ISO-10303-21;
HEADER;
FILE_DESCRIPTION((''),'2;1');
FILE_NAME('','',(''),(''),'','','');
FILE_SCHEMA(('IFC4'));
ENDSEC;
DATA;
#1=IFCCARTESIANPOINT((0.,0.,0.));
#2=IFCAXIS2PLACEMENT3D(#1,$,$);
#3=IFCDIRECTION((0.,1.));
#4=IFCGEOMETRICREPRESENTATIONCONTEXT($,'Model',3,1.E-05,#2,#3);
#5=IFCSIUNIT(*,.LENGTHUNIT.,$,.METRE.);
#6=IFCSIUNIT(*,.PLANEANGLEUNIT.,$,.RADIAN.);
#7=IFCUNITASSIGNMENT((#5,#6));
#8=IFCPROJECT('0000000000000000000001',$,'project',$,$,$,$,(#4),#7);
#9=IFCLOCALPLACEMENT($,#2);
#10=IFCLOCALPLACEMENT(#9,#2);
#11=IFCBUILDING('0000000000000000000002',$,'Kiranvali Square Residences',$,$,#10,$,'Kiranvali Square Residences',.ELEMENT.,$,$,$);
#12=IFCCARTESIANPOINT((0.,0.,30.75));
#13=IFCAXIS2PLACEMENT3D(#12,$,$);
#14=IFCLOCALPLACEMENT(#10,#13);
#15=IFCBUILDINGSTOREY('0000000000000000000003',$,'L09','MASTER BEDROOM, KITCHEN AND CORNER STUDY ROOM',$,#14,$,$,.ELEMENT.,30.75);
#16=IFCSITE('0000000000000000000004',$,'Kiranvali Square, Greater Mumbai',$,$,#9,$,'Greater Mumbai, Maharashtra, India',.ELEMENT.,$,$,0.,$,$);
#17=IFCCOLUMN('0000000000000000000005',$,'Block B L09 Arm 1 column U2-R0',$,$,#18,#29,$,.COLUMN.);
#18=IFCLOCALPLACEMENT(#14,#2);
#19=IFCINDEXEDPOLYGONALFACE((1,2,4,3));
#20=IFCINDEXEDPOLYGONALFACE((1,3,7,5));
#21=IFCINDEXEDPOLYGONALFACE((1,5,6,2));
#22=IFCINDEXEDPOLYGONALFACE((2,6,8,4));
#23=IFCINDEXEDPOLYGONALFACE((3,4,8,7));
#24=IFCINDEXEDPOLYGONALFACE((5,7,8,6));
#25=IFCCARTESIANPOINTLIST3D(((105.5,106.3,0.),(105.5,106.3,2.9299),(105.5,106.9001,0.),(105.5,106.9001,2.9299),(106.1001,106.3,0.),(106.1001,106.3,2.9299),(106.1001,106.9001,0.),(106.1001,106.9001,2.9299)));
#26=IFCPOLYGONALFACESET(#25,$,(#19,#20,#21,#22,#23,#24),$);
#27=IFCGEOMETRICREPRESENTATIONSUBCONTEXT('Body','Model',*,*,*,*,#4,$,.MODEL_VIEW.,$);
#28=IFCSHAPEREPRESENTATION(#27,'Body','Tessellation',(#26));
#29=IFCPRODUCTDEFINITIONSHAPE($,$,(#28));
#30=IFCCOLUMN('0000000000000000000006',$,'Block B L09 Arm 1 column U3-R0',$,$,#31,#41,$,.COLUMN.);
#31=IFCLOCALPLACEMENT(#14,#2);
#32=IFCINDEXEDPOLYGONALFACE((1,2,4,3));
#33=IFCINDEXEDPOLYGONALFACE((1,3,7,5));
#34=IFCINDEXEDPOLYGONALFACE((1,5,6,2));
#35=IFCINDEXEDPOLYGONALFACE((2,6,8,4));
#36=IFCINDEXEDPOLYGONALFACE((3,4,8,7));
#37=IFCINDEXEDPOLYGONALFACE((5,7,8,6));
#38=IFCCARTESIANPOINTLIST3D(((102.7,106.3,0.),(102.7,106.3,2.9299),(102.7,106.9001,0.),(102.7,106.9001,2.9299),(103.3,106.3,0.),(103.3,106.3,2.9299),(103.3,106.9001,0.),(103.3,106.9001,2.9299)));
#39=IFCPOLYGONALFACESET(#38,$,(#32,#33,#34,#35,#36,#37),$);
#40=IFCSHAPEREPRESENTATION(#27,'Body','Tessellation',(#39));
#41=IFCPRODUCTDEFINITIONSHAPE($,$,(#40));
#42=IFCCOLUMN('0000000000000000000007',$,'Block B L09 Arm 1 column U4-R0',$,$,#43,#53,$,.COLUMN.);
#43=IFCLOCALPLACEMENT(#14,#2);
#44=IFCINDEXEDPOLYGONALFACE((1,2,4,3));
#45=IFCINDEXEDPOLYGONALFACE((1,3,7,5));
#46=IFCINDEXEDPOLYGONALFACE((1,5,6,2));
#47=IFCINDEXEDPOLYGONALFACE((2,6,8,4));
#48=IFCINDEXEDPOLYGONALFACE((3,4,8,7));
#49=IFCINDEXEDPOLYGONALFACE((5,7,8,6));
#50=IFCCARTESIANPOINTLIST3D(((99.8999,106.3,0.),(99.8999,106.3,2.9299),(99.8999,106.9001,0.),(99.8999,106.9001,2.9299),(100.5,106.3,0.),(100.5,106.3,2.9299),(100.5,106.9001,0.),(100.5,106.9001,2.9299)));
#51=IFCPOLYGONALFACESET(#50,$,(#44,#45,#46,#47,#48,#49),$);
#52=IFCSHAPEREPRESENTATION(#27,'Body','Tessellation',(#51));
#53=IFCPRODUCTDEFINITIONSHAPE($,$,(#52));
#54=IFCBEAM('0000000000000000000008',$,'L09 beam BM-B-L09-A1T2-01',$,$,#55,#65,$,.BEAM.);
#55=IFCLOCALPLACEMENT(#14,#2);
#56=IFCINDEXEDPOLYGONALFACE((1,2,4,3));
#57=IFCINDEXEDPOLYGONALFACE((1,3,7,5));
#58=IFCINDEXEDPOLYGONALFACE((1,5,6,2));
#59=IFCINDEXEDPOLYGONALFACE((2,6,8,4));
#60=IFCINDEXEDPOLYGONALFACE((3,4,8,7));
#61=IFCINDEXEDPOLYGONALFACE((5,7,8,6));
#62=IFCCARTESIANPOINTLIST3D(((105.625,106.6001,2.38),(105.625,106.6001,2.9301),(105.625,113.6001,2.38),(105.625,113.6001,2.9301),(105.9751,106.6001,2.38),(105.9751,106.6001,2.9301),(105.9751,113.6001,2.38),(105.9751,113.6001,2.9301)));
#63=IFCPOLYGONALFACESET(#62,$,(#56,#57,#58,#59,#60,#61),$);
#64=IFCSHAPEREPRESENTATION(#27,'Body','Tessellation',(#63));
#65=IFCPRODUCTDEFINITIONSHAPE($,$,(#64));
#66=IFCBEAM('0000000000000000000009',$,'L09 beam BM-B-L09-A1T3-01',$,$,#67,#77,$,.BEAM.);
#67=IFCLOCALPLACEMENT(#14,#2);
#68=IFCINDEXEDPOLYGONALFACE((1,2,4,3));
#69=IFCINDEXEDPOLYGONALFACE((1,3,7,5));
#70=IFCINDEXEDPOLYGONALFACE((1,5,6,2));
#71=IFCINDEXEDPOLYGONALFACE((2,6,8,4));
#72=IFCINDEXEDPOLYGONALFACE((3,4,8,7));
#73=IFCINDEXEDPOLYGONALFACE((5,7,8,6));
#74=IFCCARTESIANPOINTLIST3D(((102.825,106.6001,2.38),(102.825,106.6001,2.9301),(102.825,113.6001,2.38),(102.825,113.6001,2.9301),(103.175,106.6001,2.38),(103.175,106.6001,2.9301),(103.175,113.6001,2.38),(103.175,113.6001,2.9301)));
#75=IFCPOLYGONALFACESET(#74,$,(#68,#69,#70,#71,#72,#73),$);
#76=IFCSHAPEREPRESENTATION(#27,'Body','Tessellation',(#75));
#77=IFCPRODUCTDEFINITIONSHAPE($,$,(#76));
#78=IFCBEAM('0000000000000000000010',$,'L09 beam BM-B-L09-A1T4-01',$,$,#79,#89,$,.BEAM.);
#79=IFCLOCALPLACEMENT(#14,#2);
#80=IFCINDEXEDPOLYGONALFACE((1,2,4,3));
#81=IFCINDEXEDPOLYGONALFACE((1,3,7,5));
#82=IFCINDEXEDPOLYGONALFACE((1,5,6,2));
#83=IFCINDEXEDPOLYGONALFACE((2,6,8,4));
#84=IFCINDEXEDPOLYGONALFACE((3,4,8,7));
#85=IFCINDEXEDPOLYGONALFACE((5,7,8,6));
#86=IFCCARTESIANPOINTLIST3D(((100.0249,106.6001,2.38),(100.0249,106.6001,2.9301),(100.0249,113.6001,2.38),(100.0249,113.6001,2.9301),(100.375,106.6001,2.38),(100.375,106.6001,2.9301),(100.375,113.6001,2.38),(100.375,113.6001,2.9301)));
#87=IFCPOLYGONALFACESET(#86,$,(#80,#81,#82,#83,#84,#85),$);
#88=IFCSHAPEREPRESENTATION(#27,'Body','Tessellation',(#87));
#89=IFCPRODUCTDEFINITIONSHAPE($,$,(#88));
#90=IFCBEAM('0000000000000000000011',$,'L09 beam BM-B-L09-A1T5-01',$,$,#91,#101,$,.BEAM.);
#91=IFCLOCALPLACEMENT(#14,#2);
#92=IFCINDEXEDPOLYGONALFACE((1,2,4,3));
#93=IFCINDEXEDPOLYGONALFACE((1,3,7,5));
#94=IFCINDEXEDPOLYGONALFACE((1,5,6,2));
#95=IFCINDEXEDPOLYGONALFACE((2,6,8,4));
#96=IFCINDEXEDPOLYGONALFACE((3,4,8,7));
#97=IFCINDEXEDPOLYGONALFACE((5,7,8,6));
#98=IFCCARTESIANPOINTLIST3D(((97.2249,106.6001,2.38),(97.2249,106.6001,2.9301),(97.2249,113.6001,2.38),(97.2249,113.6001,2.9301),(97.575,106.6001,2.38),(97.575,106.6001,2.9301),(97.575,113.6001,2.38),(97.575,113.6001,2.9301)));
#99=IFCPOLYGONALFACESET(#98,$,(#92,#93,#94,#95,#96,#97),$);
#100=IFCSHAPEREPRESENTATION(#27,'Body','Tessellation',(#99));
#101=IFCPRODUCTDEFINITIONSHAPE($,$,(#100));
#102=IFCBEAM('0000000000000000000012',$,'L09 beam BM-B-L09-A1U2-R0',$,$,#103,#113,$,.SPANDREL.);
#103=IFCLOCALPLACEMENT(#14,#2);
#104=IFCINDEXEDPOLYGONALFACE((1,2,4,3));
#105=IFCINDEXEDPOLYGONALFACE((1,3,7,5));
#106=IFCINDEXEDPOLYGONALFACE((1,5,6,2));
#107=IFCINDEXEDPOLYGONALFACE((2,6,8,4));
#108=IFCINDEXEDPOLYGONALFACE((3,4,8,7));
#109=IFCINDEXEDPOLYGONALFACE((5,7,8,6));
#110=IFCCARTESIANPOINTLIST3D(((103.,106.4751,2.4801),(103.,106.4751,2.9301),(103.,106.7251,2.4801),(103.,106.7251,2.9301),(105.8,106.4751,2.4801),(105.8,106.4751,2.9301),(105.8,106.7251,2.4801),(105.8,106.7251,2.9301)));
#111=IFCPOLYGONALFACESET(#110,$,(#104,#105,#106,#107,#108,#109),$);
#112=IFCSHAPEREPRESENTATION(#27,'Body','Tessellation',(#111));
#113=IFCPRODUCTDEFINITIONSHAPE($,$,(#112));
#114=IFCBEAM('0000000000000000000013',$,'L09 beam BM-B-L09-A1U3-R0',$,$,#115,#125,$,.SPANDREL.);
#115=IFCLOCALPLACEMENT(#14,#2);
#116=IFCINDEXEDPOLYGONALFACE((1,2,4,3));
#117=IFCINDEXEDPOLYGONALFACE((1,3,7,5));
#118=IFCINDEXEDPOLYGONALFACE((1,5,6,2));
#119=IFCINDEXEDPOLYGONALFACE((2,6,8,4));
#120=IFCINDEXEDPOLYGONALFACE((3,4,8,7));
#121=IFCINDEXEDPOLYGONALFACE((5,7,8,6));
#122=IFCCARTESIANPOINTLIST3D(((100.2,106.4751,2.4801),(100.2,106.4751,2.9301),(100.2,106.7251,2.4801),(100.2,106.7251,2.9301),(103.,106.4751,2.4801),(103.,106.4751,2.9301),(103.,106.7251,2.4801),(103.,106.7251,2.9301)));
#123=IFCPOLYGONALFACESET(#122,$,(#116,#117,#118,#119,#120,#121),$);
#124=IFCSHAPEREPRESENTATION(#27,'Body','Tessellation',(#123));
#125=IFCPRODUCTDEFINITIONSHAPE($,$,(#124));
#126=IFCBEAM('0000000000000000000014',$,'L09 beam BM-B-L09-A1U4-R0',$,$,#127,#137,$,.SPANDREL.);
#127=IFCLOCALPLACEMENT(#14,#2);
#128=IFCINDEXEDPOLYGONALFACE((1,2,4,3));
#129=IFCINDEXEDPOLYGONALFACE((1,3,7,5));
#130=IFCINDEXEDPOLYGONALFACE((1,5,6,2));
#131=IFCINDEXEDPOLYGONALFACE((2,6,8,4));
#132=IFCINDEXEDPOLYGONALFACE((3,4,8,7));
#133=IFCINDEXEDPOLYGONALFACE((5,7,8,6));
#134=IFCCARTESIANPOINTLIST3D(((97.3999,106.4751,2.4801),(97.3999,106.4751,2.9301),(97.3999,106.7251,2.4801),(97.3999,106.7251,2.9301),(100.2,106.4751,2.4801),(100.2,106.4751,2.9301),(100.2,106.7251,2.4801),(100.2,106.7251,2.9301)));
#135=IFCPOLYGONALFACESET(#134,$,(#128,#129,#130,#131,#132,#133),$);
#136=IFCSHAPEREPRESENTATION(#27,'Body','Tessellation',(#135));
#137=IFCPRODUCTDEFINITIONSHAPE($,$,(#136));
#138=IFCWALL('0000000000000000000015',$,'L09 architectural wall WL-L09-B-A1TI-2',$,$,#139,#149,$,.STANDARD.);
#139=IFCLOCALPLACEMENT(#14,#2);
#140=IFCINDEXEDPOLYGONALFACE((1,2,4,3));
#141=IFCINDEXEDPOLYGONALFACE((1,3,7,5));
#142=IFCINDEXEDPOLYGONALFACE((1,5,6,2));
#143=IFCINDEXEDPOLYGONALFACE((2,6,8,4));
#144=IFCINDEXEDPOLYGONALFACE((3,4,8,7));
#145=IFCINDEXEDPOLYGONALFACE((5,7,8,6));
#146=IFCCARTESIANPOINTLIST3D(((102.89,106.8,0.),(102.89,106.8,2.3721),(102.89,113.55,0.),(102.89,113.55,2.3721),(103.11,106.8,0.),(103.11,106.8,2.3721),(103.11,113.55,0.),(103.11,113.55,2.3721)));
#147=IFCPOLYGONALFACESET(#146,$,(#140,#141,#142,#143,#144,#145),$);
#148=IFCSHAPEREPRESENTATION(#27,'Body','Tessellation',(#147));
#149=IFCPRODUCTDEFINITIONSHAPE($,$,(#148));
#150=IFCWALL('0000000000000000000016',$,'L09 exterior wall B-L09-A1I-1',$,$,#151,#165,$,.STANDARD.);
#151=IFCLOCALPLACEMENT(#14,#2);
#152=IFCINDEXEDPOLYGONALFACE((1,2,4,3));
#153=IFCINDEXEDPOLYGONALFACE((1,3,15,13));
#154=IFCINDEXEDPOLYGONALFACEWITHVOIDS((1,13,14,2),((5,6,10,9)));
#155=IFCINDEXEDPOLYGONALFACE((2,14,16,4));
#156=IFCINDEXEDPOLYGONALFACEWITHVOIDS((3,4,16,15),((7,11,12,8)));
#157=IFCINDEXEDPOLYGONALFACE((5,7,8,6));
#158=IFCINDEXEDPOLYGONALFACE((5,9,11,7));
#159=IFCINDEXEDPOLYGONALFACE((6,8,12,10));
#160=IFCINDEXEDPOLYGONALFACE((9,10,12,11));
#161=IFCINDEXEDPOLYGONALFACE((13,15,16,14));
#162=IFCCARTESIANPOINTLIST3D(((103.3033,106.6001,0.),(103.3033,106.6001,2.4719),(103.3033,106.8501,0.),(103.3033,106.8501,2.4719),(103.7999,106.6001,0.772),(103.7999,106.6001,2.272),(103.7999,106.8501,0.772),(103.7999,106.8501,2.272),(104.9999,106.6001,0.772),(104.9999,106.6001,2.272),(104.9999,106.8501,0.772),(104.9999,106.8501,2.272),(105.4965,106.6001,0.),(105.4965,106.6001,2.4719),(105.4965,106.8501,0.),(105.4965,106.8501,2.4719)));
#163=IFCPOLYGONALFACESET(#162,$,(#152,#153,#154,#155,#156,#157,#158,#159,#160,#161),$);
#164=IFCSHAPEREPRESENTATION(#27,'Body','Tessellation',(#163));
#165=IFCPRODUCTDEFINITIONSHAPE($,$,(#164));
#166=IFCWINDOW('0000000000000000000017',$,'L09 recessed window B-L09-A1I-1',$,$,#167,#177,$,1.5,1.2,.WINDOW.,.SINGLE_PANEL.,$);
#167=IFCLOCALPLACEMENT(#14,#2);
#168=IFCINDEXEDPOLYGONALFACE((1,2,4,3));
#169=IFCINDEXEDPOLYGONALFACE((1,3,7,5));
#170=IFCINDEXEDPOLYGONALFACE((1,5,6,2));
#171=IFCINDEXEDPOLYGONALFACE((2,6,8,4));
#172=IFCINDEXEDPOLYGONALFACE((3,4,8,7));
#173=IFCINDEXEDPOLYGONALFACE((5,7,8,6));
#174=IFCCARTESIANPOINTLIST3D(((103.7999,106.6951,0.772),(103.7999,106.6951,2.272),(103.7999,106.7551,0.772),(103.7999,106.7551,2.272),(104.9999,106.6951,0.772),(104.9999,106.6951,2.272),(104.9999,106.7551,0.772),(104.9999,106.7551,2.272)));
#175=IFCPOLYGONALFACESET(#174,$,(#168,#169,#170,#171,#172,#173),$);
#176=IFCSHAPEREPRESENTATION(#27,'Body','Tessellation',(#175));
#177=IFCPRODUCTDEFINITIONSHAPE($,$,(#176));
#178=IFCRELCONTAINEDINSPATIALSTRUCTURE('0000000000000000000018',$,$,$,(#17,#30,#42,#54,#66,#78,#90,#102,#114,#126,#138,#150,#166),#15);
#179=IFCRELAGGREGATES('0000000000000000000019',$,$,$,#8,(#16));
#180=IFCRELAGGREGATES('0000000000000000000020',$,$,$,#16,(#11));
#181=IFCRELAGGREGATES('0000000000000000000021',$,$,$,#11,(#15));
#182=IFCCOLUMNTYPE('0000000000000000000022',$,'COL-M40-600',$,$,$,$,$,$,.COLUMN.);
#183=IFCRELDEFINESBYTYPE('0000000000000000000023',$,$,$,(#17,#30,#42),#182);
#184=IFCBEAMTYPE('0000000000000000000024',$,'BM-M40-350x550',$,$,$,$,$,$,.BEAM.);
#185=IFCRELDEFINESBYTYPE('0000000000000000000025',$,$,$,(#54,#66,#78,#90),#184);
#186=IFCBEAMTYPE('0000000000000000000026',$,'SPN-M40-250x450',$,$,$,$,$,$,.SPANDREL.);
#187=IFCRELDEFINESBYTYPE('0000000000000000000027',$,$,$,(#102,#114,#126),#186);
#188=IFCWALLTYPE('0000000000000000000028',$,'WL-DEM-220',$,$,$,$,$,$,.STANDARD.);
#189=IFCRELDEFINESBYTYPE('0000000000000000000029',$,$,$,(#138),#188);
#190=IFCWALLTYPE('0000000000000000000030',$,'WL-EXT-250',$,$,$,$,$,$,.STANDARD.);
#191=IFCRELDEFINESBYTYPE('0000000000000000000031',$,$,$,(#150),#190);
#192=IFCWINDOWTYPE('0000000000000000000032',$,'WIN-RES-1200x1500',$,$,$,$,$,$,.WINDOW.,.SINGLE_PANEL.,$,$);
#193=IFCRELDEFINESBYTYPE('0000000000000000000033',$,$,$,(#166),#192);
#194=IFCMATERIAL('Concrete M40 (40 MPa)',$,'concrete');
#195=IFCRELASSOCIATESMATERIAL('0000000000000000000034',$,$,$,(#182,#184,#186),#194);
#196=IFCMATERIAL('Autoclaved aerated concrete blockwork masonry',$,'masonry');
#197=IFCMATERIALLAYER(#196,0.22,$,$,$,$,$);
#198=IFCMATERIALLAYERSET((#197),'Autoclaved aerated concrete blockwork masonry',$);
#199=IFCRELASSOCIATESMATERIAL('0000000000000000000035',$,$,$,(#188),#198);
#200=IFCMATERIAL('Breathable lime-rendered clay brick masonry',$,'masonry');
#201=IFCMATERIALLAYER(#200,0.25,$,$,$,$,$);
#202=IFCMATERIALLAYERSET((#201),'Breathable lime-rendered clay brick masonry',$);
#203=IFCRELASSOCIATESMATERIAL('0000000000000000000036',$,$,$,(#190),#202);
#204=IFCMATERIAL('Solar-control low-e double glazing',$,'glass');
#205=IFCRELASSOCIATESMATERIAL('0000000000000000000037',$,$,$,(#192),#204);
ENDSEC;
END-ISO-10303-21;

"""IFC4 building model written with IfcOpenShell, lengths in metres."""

from ifc_helpers import new_model, si_unit, direction, frame, frame_2d, origin, origin_2d, place, context, subcontext, project, spatial, rectangle, extrude, material, layer, layer_set, material_profile, profile_set, type_object, element, fill, save


model = new_model("IFC4")

# Units and contexts
model_context = context("Model", 3, precision=1e-05, world=origin(), true_north=direction((0.0, 1.0)))
body_context = subcontext(model_context, "Body", "Model", "MODEL_VIEW")
ifc_project = project(units=[si_unit("LENGTHUNIT", "METRE"), si_unit("PLANEANGLEUNIT", "RADIAN")], contexts=[model_context])

# Site, building, storey
site_placement = place(None, origin())
site = spatial("IfcSite", under=ifc_project, at=site_placement, Name="Kiranvali Square, Greater Mumbai", LongName="Greater Mumbai, Maharashtra, India", CompositionType="ELEMENT", RefElevation=0.0)
building_placement = place(site_placement, origin())
building = spatial("IfcBuilding", under=site, at=building_placement, Name="Kiranvali Square Residences", LongName="Kiranvali Square Residences", CompositionType="ELEMENT")
storey_placement = place(building_placement, frame((0.0, 0.0, 30.75)))
storey = spatial("IfcBuildingStorey", under=building, at=storey_placement, Name="L09", Description="MASTER BEDROOM, KITCHEN AND CORNER STUDY ROOM", CompositionType="ELEMENT", Elevation=30.75)

# Columns
ifc_material_1 = material(Name="Concrete M40 (40 MPa)", Category="concrete")
ifc_material_profile_1 = material_profile(ifc_material_1, rectangle(XDim=0.6001, YDim=0.6001, at=origin_2d()), Name="RC 600x600")
ifc_profile_set_1 = profile_set([ifc_material_profile_1], Name="Concrete M40 (40 MPa)")
column_type = type_object("IfcColumnType", Name="COL-M40-600", PredefinedType="COLUMN", material=ifc_profile_set_1)
for number, where, z_axis, x_axis, name in (
    (1, (105.8, 106.6001, 0.0), (0.0, 0.0, 1.0), (1.0, 0.0, 0.0), "Block B L09 Arm 1 column U2-R0"),
    (2, (103.0, 106.6001, 0.0), (0.0, 0.0, 1.0), (1.0, 0.0, 0.0), "Block B L09 Arm 1 column U3-R0"),
    (3, (100.2, 106.6001, 0.0), (0.0, 0.0, 1.0), (1.0, 0.0, 0.0), "Block B L09 Arm 1 column U4-R0"),
):
    element("IfcColumn", number, at=place(storey_placement, frame(where, z_axis=z_axis, x_axis=x_axis)), inside=storey, type_object=column_type, Name=name, PredefinedType="COLUMN", context=body_context, shape_type="SweptSolid", body=[
        extrude(rectangle(XDim=0.6001, YDim=0.6001, at=origin_2d()), origin(), (0.0, 0.0, 1.0), 2.9299),
    ])

# Beams
ifc_material_profile_2 = material_profile(ifc_material_1, rectangle(XDim=0.3501, YDim=0.55, at=origin_2d()), Name="RC 350x550")
ifc_profile_set_2 = profile_set([ifc_material_profile_2], Name="Concrete M40 (40 MPa)")
beam_type_1 = type_object("IfcBeamType", Name="BM-M40-350x550", PredefinedType="BEAM", material=ifc_profile_set_2)
for number, where, z_axis, x_axis, name in (
    (4, (105.8, 106.6001, 2.655), (0.0, 1.0, 0.0), (-1.0, 0.0, 0.0), "L09 beam BM-B-L09-A1T2-01"),
    (5, (103.0, 106.6001, 2.655), (0.0, 1.0, 0.0), (-1.0, 0.0, 0.0), "L09 beam BM-B-L09-A1T3-01"),
    (6, (100.2, 106.6001, 2.655), (0.0, 1.0, 0.0), (-1.0, 0.0, 0.0), "L09 beam BM-B-L09-A1T4-01"),
    (7, (97.3999, 106.6001, 2.655), (0.0, 1.0, 0.0), (-1.0, 0.0, 0.0), "L09 beam BM-B-L09-A1T5-01"),
):
    element("IfcBeam", number, at=place(storey_placement, frame(where, z_axis=z_axis, x_axis=x_axis)), inside=storey, type_object=beam_type_1, Name=name, PredefinedType="BEAM", context=body_context, shape_type="SweptSolid", body=[
        extrude(rectangle(XDim=0.3501, YDim=0.55, at=origin_2d()), origin(), (0.0, 0.0, 1.0), 7.0),
    ])
ifc_material_profile_3 = material_profile(ifc_material_1, rectangle(XDim=0.25, YDim=0.45, at=origin_2d()), Name="RC 250x450")
ifc_profile_set_3 = profile_set([ifc_material_profile_3], Name="Concrete M40 (40 MPa)")
beam_type_2 = type_object("IfcBeamType", Name="SPN-M40-250x450", PredefinedType="SPANDREL", material=ifc_profile_set_3)
for number, where, z_axis, x_axis, name in (
    (8, (105.8, 106.6001, 2.7051), (-1.0, 0.0, 0.0), (0.0, -1.0, 0.0), "L09 beam BM-B-L09-A1U2-R0"),
    (9, (103.0, 106.6001, 2.7051), (-1.0, 0.0, 0.0), (0.0, -1.0, 0.0), "L09 beam BM-B-L09-A1U3-R0"),
    (10, (100.2, 106.6001, 2.7051), (-1.0, 0.0, 0.0), (0.0, -1.0, 0.0), "L09 beam BM-B-L09-A1U4-R0"),
):
    element("IfcBeam", number, at=place(storey_placement, frame(where, z_axis=z_axis, x_axis=x_axis)), inside=storey, type_object=beam_type_2, Name=name, PredefinedType="SPANDREL", context=body_context, shape_type="SweptSolid", body=[
        extrude(rectangle(XDim=0.25, YDim=0.45, at=origin_2d()), origin(), (0.0, 0.0, 1.0), 2.8),
    ])

# Wall
ifc_material_2 = material(Name="Autoclaved aerated concrete blockwork masonry", Category="masonry")
ifc_layer_1 = layer(ifc_material_2, 0.22)
ifc_layer_set_1 = layer_set([ifc_layer_1], Name="Autoclaved aerated concrete blockwork masonry")
wall_type_1 = type_object("IfcWallType", Name="WL-DEM-220", PredefinedType="STANDARD", material=ifc_layer_set_1)
wall_1_placement = place(storey_placement, frame((103.0, 106.8, 0.0), z_axis=(0.0, 0.0, 1.0), x_axis=(0.0, 1.0, 0.0)))
element("IfcWall", 11, at=wall_1_placement, inside=storey, type_object=wall_type_1, Name="L09 architectural wall WL-L09-B-A1TI-2", PredefinedType="STANDARD", context=body_context, shape_type="SweptSolid", body=[
    extrude(rectangle(XDim=6.75, YDim=0.22, at=frame_2d((3.375, 0.0))), origin(), (0.0, 0.0, 1.0), 2.3721),
])

# Wall, opening, window
ifc_material_3 = material(Name="Breathable lime-rendered clay brick masonry", Category="masonry")
ifc_layer_2 = layer(ifc_material_3, 0.25)
ifc_layer_set_2 = layer_set([ifc_layer_2], Name="Breathable lime-rendered clay brick masonry")
wall_type_2 = type_object("IfcWallType", Name="WL-EXT-250", PredefinedType="STANDARD", material=ifc_layer_set_2)
wall_2_placement = place(storey_placement, frame((105.4966, 106.7251, 0.0), z_axis=(0.0, 0.0, 1.0), x_axis=(-1.0, 0.0, 0.0)))
wall_2 = element("IfcWall", 12, at=wall_2_placement, inside=storey, type_object=wall_type_2, Name="L09 exterior wall B-L09-A1I-1", PredefinedType="STANDARD", context=body_context, shape_type="SweptSolid", body=[
    extrude(rectangle(XDim=2.1931, YDim=0.25, at=frame_2d((1.0967, 0.0))), origin(), (0.0, 0.0, 1.0), 2.4719),
])
opening_1_placement = place(wall_2_placement, frame((0.4966, 0.0, 0.772)))
opening_1 = element("IfcOpeningElement", 13, at=opening_1_placement, cuts=wall_2, PredefinedType="OPENING", context=body_context, shape_type="SweptSolid", body=[
    extrude(rectangle(XDim=1.2, YDim=1.5, at=frame_2d((0.6001, 0.75))), frame((0.0, 0.135, 0.0), z_axis=(0.0, -1.0, 0.0), x_axis=(1.0, 0.0, 0.0)), (0.0, 0.0, 1.0), 0.27),
])
ifc_material_4 = material(Name="Solar-control low-e double glazing", Category="glass")
window_type_1 = type_object("IfcWindowType", Name="WIN-RES-1200x1500", PartitioningType="SINGLE_PANEL", PredefinedType="WINDOW", material=ifc_material_4)
window_1_placement = place(opening_1_placement, origin())
window_1 = element("IfcWindow", 14, at=window_1_placement, inside=storey, type_object=window_type_1, Name="L09 recessed window B-L09-A1I-1", OverallHeight=1.5, OverallWidth=1.2, PartitioningType="SINGLE_PANEL", PredefinedType="WINDOW", context=body_context, shape_type="SweptSolid", body=[
    extrude(rectangle(XDim=1.2, YDim=1.5, at=frame_2d((0.6001, 0.75))), frame((0.0, 0.03, 0.0), z_axis=(0.0, -1.0, 0.0), x_axis=(1.0, 0.0, 0.0)), (0.0, 0.0, 1.0), 0.0601),
])
fill(opening_1, window_1)

save(model, "model.ifc")
